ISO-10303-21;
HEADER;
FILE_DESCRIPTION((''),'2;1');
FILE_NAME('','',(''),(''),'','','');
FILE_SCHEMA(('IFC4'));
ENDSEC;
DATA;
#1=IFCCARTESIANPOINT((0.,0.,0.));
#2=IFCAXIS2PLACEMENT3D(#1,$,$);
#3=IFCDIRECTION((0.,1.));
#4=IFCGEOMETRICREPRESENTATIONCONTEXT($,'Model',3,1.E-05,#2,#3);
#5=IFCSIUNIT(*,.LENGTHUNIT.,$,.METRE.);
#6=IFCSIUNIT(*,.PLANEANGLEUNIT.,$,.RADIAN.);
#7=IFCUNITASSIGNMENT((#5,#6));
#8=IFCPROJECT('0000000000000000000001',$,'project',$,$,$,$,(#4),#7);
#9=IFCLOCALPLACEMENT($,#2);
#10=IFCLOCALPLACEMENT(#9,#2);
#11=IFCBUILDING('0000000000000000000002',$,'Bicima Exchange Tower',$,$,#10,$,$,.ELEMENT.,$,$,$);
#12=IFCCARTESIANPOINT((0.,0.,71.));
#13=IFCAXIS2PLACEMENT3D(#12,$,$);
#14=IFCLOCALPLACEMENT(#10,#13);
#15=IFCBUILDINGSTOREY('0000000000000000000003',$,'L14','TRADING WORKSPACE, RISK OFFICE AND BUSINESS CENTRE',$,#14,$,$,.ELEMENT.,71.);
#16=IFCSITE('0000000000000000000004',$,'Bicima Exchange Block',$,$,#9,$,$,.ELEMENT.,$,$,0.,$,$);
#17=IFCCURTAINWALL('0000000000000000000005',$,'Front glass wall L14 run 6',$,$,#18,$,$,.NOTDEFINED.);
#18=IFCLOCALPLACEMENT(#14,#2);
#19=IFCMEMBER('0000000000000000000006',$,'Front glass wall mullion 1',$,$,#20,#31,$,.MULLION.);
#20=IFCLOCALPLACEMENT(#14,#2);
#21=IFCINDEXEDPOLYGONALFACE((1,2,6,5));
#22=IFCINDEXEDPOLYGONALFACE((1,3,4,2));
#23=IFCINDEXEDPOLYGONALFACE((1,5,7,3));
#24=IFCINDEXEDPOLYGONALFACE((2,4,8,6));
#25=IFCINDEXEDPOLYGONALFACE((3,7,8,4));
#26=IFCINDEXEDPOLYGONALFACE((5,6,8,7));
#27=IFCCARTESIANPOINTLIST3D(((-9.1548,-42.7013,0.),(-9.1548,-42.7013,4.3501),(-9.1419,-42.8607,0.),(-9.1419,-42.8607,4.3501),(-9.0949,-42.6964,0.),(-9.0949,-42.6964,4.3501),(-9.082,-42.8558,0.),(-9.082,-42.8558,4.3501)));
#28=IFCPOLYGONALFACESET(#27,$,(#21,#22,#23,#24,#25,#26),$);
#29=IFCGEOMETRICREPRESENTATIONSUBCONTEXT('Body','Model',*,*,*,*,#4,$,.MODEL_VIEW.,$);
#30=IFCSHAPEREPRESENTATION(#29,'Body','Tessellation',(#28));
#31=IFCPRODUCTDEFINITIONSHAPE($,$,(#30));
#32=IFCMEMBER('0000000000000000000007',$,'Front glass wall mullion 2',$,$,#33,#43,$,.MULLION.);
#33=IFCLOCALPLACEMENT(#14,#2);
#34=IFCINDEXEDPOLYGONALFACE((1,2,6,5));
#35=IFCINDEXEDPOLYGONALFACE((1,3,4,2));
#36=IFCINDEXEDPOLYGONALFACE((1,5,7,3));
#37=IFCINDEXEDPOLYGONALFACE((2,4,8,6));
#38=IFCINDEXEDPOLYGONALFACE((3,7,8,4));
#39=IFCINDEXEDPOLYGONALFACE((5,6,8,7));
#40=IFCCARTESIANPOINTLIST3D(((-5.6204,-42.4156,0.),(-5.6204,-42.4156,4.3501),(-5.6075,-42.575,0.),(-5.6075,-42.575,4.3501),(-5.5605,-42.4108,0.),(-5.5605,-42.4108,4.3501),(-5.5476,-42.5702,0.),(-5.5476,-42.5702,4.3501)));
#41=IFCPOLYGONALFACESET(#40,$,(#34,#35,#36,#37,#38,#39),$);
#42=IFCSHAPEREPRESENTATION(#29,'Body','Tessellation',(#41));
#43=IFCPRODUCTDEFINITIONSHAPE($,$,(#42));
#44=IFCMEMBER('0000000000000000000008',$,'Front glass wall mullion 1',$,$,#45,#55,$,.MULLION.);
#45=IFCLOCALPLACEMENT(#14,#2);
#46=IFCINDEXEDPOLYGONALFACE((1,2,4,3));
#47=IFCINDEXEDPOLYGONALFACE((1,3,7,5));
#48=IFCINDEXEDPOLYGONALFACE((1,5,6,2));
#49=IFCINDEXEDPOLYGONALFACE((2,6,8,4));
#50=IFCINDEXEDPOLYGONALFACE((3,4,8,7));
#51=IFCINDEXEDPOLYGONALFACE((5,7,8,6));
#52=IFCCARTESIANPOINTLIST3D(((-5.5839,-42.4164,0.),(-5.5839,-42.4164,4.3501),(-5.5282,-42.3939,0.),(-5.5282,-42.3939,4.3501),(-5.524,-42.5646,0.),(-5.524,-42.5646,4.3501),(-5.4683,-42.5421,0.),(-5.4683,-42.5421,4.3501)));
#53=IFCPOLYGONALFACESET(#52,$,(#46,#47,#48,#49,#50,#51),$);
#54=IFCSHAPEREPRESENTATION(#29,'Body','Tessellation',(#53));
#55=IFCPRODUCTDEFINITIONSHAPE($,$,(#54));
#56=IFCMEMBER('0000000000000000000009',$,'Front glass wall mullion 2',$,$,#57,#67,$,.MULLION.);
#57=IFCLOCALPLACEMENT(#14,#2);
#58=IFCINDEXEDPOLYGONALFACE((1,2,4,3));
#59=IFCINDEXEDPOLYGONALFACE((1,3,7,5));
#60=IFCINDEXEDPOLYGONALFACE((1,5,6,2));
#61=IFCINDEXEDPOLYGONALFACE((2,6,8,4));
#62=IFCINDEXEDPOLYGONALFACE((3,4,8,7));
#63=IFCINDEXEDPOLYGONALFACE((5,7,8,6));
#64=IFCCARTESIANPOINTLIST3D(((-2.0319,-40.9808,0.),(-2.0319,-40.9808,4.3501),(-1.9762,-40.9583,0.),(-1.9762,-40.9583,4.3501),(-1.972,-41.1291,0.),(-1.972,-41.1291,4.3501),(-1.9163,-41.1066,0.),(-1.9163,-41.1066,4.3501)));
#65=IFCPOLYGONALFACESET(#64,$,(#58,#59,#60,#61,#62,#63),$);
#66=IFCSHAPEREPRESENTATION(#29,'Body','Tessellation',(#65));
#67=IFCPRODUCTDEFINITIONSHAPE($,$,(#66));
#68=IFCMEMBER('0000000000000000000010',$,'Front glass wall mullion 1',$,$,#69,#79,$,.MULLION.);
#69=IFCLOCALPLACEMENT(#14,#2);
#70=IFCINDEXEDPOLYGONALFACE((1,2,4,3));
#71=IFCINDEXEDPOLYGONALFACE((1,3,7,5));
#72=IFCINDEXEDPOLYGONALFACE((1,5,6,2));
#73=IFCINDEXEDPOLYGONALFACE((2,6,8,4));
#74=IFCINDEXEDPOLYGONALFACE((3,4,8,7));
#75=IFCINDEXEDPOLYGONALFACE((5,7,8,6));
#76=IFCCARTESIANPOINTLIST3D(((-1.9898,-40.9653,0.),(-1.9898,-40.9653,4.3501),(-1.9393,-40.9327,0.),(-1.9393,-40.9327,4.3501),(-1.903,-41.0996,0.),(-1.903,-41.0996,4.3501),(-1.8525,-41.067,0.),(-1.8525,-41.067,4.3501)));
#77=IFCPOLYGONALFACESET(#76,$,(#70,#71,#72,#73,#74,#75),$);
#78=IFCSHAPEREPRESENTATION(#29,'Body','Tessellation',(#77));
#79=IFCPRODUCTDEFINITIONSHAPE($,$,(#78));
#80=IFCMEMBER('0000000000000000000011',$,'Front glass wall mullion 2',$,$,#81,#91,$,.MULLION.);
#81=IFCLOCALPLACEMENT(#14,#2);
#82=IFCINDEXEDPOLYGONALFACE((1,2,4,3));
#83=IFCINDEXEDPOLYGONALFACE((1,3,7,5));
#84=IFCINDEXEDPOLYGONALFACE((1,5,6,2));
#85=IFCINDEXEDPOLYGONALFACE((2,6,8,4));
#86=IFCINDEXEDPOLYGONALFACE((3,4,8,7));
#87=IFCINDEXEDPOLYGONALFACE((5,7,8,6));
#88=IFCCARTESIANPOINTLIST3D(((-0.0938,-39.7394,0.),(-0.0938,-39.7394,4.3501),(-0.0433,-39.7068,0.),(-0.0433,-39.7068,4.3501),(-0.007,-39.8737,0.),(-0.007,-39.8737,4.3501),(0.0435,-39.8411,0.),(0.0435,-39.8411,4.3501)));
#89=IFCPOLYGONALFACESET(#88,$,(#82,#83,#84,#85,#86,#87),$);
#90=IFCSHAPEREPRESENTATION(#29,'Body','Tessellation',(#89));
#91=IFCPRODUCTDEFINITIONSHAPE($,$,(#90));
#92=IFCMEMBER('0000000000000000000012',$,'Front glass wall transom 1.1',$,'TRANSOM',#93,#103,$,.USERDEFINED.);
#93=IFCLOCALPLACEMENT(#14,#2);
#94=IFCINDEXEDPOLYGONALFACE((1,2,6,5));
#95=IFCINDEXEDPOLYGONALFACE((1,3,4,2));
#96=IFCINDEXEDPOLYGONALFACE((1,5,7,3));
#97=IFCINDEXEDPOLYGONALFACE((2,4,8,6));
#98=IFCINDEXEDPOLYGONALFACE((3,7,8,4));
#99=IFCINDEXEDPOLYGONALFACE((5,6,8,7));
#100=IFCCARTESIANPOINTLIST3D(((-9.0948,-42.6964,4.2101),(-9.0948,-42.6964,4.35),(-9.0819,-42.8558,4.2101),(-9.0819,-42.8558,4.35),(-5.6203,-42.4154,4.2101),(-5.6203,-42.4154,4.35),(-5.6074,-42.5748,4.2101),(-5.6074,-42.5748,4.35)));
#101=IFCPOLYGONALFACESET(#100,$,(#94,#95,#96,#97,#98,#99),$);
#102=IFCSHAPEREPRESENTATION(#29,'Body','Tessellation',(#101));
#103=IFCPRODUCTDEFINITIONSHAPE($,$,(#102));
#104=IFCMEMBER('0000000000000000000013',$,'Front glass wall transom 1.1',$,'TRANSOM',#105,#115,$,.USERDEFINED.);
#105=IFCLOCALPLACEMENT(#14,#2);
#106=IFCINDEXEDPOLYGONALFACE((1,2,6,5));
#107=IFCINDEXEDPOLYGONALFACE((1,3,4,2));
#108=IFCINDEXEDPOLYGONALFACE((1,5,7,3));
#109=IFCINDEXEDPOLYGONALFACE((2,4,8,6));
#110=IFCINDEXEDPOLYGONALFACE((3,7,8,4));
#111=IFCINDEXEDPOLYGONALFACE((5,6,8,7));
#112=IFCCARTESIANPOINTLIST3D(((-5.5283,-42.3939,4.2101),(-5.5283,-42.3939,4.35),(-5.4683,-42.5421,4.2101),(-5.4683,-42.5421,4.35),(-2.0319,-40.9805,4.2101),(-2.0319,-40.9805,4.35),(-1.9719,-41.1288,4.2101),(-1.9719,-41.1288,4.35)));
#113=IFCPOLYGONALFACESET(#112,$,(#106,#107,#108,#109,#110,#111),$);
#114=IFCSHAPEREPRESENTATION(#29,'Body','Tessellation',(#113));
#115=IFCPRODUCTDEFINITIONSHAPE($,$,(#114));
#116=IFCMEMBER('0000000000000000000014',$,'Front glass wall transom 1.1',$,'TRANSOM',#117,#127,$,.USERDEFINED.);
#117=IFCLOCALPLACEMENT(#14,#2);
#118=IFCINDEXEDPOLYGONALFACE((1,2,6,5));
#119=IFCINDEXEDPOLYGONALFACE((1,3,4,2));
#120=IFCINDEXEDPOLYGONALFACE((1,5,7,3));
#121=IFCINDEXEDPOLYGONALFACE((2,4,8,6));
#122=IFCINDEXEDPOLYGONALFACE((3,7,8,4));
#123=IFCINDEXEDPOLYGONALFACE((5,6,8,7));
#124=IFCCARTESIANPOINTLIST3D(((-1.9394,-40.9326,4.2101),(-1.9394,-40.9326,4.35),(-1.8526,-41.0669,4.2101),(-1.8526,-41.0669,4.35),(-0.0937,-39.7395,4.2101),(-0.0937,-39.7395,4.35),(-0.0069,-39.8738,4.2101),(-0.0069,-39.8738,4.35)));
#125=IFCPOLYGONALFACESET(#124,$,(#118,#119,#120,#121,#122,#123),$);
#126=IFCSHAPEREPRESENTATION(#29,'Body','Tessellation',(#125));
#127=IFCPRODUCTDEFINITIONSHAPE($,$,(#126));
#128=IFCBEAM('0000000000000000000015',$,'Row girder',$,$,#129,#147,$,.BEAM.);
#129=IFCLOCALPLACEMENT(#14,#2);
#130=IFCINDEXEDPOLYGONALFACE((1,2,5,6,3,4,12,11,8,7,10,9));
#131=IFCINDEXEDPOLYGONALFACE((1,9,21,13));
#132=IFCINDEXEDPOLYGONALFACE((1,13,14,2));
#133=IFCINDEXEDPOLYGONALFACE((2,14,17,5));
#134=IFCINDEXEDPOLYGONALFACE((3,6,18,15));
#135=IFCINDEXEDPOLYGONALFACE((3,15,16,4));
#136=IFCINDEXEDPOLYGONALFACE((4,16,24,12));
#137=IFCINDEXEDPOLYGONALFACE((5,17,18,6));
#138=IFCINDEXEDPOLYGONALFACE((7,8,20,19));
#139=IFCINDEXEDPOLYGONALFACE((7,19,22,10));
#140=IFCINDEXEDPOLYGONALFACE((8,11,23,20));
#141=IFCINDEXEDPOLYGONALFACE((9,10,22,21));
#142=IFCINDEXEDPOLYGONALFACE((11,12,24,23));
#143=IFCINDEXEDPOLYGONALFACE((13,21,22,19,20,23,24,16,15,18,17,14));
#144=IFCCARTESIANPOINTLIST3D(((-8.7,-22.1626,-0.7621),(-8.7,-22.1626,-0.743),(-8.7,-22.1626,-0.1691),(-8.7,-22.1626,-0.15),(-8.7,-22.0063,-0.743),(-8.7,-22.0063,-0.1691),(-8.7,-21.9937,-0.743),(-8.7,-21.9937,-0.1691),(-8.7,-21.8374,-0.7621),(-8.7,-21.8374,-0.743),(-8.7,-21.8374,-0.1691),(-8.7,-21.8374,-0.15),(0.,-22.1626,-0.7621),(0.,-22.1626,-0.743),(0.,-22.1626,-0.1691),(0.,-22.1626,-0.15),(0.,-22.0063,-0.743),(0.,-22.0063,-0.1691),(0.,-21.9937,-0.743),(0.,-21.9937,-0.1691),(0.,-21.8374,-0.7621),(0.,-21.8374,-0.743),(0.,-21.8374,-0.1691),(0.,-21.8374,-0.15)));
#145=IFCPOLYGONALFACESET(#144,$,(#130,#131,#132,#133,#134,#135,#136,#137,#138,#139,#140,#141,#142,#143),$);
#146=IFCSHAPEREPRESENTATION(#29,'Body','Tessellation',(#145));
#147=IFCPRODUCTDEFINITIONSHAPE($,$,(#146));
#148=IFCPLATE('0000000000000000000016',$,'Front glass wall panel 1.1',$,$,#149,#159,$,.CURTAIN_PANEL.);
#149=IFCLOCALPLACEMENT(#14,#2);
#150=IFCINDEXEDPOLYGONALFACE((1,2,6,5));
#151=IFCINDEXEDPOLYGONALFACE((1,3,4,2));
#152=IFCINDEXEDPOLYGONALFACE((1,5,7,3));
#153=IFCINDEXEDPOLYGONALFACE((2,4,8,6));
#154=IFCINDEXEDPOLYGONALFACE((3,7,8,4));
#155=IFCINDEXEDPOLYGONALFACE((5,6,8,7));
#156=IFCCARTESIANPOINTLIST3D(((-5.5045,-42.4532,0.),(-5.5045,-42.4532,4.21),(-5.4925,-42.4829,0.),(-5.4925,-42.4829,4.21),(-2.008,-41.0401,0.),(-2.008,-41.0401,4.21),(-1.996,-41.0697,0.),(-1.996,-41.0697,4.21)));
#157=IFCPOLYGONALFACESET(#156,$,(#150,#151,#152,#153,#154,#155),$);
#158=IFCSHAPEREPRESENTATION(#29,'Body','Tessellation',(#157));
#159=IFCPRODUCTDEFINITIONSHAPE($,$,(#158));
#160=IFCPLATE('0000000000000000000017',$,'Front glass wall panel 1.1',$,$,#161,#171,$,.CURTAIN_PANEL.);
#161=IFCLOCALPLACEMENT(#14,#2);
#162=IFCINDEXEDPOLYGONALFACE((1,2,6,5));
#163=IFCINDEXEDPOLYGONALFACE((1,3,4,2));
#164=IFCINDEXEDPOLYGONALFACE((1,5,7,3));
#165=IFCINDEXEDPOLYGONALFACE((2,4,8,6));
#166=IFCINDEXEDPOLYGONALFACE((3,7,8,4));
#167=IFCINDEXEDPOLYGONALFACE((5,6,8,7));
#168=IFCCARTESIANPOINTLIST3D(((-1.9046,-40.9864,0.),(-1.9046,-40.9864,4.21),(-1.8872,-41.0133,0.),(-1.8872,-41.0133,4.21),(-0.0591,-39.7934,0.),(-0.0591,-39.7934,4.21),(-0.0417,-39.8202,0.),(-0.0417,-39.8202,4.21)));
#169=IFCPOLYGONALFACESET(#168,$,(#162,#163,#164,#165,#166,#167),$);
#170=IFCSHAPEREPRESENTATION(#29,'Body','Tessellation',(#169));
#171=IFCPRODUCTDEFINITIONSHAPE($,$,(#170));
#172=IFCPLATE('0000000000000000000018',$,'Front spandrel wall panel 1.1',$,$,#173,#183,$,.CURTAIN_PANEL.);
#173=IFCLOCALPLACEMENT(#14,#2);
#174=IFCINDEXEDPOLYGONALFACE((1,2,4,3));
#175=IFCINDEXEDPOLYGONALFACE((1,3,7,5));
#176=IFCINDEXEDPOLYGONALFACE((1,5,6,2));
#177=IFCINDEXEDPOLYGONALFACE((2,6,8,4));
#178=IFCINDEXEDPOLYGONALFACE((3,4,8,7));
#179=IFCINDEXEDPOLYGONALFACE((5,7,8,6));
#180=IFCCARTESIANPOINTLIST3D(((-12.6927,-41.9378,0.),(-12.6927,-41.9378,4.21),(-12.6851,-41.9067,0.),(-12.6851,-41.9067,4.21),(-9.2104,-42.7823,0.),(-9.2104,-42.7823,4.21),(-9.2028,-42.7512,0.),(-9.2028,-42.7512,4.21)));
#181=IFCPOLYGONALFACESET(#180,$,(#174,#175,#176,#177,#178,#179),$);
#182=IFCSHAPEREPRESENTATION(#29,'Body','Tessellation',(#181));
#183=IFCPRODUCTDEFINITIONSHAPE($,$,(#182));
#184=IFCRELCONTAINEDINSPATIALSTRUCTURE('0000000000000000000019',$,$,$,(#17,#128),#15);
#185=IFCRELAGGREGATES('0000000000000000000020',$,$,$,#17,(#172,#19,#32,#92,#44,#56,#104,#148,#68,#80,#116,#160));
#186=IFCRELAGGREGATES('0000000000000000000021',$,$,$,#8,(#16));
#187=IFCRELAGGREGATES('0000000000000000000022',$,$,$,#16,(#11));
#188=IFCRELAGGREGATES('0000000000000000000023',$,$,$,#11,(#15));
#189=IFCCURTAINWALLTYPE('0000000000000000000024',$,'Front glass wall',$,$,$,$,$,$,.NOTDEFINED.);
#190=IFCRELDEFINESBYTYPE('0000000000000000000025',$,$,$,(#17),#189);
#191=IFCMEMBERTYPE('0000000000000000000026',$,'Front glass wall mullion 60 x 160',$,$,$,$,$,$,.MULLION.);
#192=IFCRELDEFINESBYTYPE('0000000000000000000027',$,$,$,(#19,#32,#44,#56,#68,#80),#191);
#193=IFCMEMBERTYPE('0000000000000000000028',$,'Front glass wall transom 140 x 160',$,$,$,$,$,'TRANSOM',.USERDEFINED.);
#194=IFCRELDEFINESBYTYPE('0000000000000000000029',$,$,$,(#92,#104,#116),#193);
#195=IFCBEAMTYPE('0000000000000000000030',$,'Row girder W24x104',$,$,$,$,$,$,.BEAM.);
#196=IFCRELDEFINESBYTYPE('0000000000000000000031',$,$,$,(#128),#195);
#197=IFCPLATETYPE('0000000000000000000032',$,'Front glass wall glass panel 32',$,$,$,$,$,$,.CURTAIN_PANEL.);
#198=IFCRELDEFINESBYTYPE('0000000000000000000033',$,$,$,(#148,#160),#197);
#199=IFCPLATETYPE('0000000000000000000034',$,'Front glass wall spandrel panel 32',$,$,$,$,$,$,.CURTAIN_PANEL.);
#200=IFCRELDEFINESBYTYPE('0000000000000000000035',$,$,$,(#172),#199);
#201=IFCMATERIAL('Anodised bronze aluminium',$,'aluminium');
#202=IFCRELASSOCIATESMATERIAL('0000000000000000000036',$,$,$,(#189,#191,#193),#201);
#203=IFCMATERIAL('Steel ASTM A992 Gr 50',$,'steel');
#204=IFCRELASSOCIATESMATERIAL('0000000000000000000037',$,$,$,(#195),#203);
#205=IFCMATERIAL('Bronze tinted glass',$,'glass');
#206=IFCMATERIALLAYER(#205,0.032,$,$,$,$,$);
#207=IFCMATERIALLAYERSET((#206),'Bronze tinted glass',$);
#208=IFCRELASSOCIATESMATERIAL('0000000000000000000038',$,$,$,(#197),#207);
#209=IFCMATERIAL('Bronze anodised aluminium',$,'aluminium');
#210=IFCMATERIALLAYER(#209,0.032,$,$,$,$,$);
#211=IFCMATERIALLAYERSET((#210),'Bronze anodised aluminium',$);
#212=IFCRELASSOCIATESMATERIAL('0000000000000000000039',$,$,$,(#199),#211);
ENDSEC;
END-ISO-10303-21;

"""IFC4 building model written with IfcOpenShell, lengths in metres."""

from ifc_helpers import new_model, si_unit, direction, frame, origin, origin_2d, place, context, subcontext, project, spatial, rectangle, i_section, extrude, material, layer, layer_set, material_profile, profile_set, type_object, element, aggregate, save


model = new_model("IFC4")

# Units and contexts
model_context = context("Model", 3, precision=1e-05, world=origin(), true_north=direction((0.0, 1.0)))
body_context = subcontext(model_context, "Body", "Model", "MODEL_VIEW")
ifc_project = project(units=[si_unit("LENGTHUNIT", "METRE"), si_unit("PLANEANGLEUNIT", "RADIAN")], contexts=[model_context])

# Site, building, storey
site_placement = place(None, origin())
site = spatial("IfcSite", under=ifc_project, at=site_placement, Name="Bicima Exchange Block", CompositionType="ELEMENT", RefElevation=0.0)
building_placement = place(site_placement, origin())
building = spatial("IfcBuilding", under=site, at=building_placement, Name="Bicima Exchange Tower", CompositionType="ELEMENT")
storey_placement = place(building_placement, frame((0.0, 0.0, 71.0)))
storey = spatial("IfcBuildingStorey", under=building, at=storey_placement, Name="L14", Description="TRADING WORKSPACE, RISK OFFICE AND BUSINESS CENTRE", CompositionType="ELEMENT", Elevation=71.0)

# Shared definitions
ifc_material_1 = material(Name="Steel ASTM A992 Gr 50", Category="steel")

# Curtain wall, members
ifc_material_2 = material(Name="Anodised bronze aluminium", Category="aluminium")
curtain_wall_type = type_object("IfcCurtainWallType", Name="Front glass wall", PredefinedType="NOTDEFINED", material=ifc_material_2)
curtain_wall_placement = place(storey_placement, origin())
curtain_wall = element("IfcCurtainWall", 1, at=curtain_wall_placement, inside=storey, type_object=curtain_wall_type, Name="Front glass wall L14 run 6", PredefinedType="NOTDEFINED")
ifc_material_profile_1 = material_profile(ifc_material_2, rectangle(XDim=0.1599, YDim=0.0601, at=origin_2d()))
ifc_profile_set_1 = profile_set([ifc_material_profile_1], Name="Anodised bronze aluminium")
member_type_1 = type_object("IfcMemberType", Name="Front glass wall mullion 60 x 160", PredefinedType="MULLION", material=ifc_profile_set_1)
member_1_placement = place(storey_placement, frame((-9.1184, -42.7786, 0.0), z_axis=(0.0, 0.0, 1.0), x_axis=(-0.080589, 0.996747, 0.0)))
member_1 = element("IfcMember", 2, at=member_1_placement, type_object=member_type_1, Name="Front glass wall mullion 1", PredefinedType="MULLION", context=body_context, shape_type="SweptSolid", body=[
    extrude(rectangle(XDim=0.1599, YDim=0.0601, at=origin_2d()), origin(), (0.0, 0.0, 1.0), 4.3501),
])
member_2_placement = place(storey_placement, frame((-5.584, -42.4929, 0.0), z_axis=(0.0, 0.0, 1.0), x_axis=(-0.080589, 0.996747, 0.0)))
member_2 = element("IfcMember", 3, at=member_2_placement, type_object=member_type_1, Name="Front glass wall mullion 2", PredefinedType="MULLION", context=body_context, shape_type="SweptSolid", body=[
    extrude(rectangle(XDim=0.1599, YDim=0.0601, at=origin_2d()), origin(), (0.0, 0.0, 1.0), 4.3501),
])
member_3_placement = place(storey_placement, frame((-5.5261, -42.4792, 0.0), z_axis=(0.0, 0.0, 1.0), x_axis=(-0.374705, 0.927144, 0.0)))
member_3 = element("IfcMember", 4, at=member_3_placement, type_object=member_type_1, Name="Front glass wall mullion 1", PredefinedType="MULLION", context=body_context, shape_type="SweptSolid", body=[
    extrude(rectangle(XDim=0.1599, YDim=0.0601, at=origin_2d()), origin(), (0.0, 0.0, 1.0), 4.3501),
])
member_4_placement = place(storey_placement, frame((-1.9741, -41.0437, 0.0), z_axis=(0.0, 0.0, 1.0), x_axis=(-0.374705, 0.927144, 0.0)))
member_4 = element("IfcMember", 5, at=member_4_placement, type_object=member_type_1, Name="Front glass wall mullion 2", PredefinedType="MULLION", context=body_context, shape_type="SweptSolid", body=[
    extrude(rectangle(XDim=0.1599, YDim=0.0601, at=origin_2d()), origin(), (0.0, 0.0, 1.0), 4.3501),
])
member_5_placement = place(storey_placement, frame((-1.9211, -41.0161, 0.0), z_axis=(0.0, 0.0, 1.0), x_axis=(-0.542897, 0.839799, 0.0)))
member_5 = element("IfcMember", 6, at=member_5_placement, type_object=member_type_1, Name="Front glass wall mullion 1", PredefinedType="MULLION", context=body_context, shape_type="SweptSolid", body=[
    extrude(rectangle(XDim=0.1599, YDim=0.0601, at=origin_2d()), origin(), (0.0, 0.0, 1.0), 4.3501),
])
member_6_placement = place(storey_placement, frame((-0.0251, -39.7903, 0.0), z_axis=(0.0, 0.0, 1.0), x_axis=(-0.542897, 0.839799, 0.0)))
member_6 = element("IfcMember", 7, at=member_6_placement, type_object=member_type_1, Name="Front glass wall mullion 2", PredefinedType="MULLION", context=body_context, shape_type="SweptSolid", body=[
    extrude(rectangle(XDim=0.1599, YDim=0.0601, at=origin_2d()), origin(), (0.0, 0.0, 1.0), 4.3501),
])
ifc_material_profile_2 = material_profile(ifc_material_2, rectangle(XDim=0.1599, YDim=0.1399, at=origin_2d()))
ifc_profile_set_2 = profile_set([ifc_material_profile_2], Name="Anodised bronze aluminium")
member_type_2 = type_object("IfcMemberType", Name="Front glass wall transom 140 x 160", ElementType="TRANSOM", PredefinedType="USERDEFINED", material=ifc_profile_set_2)
member_7_placement = place(storey_placement, frame((-9.0884, -42.7761, 4.28), z_axis=(0.996746, 0.080611, 0.0), x_axis=(-0.080611, 0.996746, 0.0)))
member_7 = element("IfcMember", 8, at=member_7_placement, type_object=member_type_2, Name="Front glass wall transom 1.1", ObjectType="TRANSOM", PredefinedType="USERDEFINED", context=body_context, shape_type="SweptSolid", body=[
    extrude(rectangle(XDim=0.1599, YDim=0.1399, at=origin_2d()), origin(), (0.0, 0.0, 1.0), 3.4858),
])
member_8_placement = place(storey_placement, frame((-5.4983, -42.468, 4.28), z_axis=(0.927118, 0.37477, 0.0), x_axis=(-0.37477, 0.927118, 0.0)))
member_8 = element("IfcMember", 9, at=member_8_placement, type_object=member_type_2, Name="Front glass wall transom 1.1", ObjectType="TRANSOM", PredefinedType="USERDEFINED", context=body_context, shape_type="SweptSolid", body=[
    extrude(rectangle(XDim=0.1599, YDim=0.1399, at=origin_2d()), origin(), (0.0, 0.0, 1.0), 3.7712),
])
member_9_placement = place(storey_placement, frame((-1.896, -40.9998, 4.28), z_axis=(0.839811, 0.542878, 0.0), x_axis=(-0.542878, 0.839811, 0.0)))
member_9 = element("IfcMember", 10, at=member_9_placement, type_object=member_type_2, Name="Front glass wall transom 1.1", ObjectType="TRANSOM", PredefinedType="USERDEFINED", context=body_context, shape_type="SweptSolid", body=[
    extrude(rectangle(XDim=0.1599, YDim=0.1399, at=origin_2d()), origin(), (0.0, 0.0, 1.0), 2.1978),
])

# Beam
ifc_material_profile_3 = material_profile(ifc_material_1, i_section(OverallWidth=0.3252, OverallDepth=0.6121, WebThickness=0.0127, FlangeThickness=0.019, at=origin_2d()))
ifc_profile_set_3 = profile_set([ifc_material_profile_3], Name="Steel ASTM A992 Gr 50")
beam_type_1 = type_object("IfcBeamType", Name="Row girder W24x104", PredefinedType="BEAM", material=ifc_profile_set_3)
beam_1_placement = place(storey_placement, frame((-8.7, -22.0, -0.4561), z_axis=(1.0, 0.0, 0.0), x_axis=(0.0, 1.0, 0.0)))
element("IfcBeam", 11, at=beam_1_placement, inside=storey, type_object=beam_type_1, Name="Row girder", PredefinedType="BEAM", context=body_context, shape_type="SweptSolid", body=[
    extrude(i_section(OverallWidth=0.3252, OverallDepth=0.6121, WebThickness=0.0127, FlangeThickness=0.019, at=origin_2d()), origin(), (0.0, 0.0, 1.0), 8.7),
])

# Plates
ifc_material_3 = material(Name="Bronze tinted glass", Category="glass")
ifc_layer_1 = layer(ifc_material_3, 0.032)
ifc_layer_set_1 = layer_set([ifc_layer_1], Name="Bronze tinted glass")
plate_type_1 = type_object("IfcPlateType", Name="Front glass wall glass panel 32", PredefinedType="CURTAIN_PANEL", material=ifc_layer_set_1)
plate_1_placement = place(storey_placement, frame((-3.7502, -41.7615, 0.0), z_axis=(0.0, 0.0, 1.0), x_axis=(0.927144, 0.374705, 0.0)))
plate_1 = element("IfcPlate", 12, at=plate_1_placement, type_object=plate_type_1, Name="Front glass wall panel 1.1", PredefinedType="CURTAIN_PANEL", context=body_context, shape_type="SweptSolid", body=[
    extrude(rectangle(XDim=3.7712, YDim=0.032, at=origin_2d()), origin(), (0.0, 0.0, 1.0), 4.21),
])
plate_2_placement = place(storey_placement, frame((-0.9731, -40.4033, 0.0), z_axis=(0.0, 0.0, 1.0), x_axis=(0.839799, 0.542897, 0.0)))
plate_2 = element("IfcPlate", 13, at=plate_2_placement, type_object=plate_type_1, Name="Front glass wall panel 1.1", PredefinedType="CURTAIN_PANEL", context=body_context, shape_type="SweptSolid", body=[
    extrude(rectangle(XDim=2.1975, YDim=0.032, at=origin_2d()), origin(), (0.0, 0.0, 1.0), 4.21),
])
ifc_material_4 = material(Name="Bronze anodised aluminium", Category="aluminium")
ifc_layer_2 = layer(ifc_material_4, 0.032)
ifc_layer_set_2 = layer_set([ifc_layer_2], Name="Bronze anodised aluminium")
plate_type_2 = type_object("IfcPlateType", Name="Front glass wall spandrel panel 32", PredefinedType="CURTAIN_PANEL", material=ifc_layer_set_2)
plate_3_placement = place(storey_placement, frame((-10.9478, -42.3445, 0.0), z_axis=(0.0, 0.0, 1.0), x_axis=(0.97183, -0.235682, 0.0)))
plate_3 = element("IfcPlate", 14, at=plate_3_placement, type_object=plate_type_2, Name="Front spandrel wall panel 1.1", PredefinedType="CURTAIN_PANEL", context=body_context, shape_type="SweptSolid", body=[
    extrude(rectangle(XDim=3.5833, YDim=0.032, at=origin_2d()), origin(), (0.0, 0.0, 1.0), 4.21),
])
aggregate(curtain_wall, [plate_3, member_1, member_2, member_7, member_3, member_4, member_8, plate_1, member_5, member_6, member_9, plate_2])

save(model, "model.ifc")
